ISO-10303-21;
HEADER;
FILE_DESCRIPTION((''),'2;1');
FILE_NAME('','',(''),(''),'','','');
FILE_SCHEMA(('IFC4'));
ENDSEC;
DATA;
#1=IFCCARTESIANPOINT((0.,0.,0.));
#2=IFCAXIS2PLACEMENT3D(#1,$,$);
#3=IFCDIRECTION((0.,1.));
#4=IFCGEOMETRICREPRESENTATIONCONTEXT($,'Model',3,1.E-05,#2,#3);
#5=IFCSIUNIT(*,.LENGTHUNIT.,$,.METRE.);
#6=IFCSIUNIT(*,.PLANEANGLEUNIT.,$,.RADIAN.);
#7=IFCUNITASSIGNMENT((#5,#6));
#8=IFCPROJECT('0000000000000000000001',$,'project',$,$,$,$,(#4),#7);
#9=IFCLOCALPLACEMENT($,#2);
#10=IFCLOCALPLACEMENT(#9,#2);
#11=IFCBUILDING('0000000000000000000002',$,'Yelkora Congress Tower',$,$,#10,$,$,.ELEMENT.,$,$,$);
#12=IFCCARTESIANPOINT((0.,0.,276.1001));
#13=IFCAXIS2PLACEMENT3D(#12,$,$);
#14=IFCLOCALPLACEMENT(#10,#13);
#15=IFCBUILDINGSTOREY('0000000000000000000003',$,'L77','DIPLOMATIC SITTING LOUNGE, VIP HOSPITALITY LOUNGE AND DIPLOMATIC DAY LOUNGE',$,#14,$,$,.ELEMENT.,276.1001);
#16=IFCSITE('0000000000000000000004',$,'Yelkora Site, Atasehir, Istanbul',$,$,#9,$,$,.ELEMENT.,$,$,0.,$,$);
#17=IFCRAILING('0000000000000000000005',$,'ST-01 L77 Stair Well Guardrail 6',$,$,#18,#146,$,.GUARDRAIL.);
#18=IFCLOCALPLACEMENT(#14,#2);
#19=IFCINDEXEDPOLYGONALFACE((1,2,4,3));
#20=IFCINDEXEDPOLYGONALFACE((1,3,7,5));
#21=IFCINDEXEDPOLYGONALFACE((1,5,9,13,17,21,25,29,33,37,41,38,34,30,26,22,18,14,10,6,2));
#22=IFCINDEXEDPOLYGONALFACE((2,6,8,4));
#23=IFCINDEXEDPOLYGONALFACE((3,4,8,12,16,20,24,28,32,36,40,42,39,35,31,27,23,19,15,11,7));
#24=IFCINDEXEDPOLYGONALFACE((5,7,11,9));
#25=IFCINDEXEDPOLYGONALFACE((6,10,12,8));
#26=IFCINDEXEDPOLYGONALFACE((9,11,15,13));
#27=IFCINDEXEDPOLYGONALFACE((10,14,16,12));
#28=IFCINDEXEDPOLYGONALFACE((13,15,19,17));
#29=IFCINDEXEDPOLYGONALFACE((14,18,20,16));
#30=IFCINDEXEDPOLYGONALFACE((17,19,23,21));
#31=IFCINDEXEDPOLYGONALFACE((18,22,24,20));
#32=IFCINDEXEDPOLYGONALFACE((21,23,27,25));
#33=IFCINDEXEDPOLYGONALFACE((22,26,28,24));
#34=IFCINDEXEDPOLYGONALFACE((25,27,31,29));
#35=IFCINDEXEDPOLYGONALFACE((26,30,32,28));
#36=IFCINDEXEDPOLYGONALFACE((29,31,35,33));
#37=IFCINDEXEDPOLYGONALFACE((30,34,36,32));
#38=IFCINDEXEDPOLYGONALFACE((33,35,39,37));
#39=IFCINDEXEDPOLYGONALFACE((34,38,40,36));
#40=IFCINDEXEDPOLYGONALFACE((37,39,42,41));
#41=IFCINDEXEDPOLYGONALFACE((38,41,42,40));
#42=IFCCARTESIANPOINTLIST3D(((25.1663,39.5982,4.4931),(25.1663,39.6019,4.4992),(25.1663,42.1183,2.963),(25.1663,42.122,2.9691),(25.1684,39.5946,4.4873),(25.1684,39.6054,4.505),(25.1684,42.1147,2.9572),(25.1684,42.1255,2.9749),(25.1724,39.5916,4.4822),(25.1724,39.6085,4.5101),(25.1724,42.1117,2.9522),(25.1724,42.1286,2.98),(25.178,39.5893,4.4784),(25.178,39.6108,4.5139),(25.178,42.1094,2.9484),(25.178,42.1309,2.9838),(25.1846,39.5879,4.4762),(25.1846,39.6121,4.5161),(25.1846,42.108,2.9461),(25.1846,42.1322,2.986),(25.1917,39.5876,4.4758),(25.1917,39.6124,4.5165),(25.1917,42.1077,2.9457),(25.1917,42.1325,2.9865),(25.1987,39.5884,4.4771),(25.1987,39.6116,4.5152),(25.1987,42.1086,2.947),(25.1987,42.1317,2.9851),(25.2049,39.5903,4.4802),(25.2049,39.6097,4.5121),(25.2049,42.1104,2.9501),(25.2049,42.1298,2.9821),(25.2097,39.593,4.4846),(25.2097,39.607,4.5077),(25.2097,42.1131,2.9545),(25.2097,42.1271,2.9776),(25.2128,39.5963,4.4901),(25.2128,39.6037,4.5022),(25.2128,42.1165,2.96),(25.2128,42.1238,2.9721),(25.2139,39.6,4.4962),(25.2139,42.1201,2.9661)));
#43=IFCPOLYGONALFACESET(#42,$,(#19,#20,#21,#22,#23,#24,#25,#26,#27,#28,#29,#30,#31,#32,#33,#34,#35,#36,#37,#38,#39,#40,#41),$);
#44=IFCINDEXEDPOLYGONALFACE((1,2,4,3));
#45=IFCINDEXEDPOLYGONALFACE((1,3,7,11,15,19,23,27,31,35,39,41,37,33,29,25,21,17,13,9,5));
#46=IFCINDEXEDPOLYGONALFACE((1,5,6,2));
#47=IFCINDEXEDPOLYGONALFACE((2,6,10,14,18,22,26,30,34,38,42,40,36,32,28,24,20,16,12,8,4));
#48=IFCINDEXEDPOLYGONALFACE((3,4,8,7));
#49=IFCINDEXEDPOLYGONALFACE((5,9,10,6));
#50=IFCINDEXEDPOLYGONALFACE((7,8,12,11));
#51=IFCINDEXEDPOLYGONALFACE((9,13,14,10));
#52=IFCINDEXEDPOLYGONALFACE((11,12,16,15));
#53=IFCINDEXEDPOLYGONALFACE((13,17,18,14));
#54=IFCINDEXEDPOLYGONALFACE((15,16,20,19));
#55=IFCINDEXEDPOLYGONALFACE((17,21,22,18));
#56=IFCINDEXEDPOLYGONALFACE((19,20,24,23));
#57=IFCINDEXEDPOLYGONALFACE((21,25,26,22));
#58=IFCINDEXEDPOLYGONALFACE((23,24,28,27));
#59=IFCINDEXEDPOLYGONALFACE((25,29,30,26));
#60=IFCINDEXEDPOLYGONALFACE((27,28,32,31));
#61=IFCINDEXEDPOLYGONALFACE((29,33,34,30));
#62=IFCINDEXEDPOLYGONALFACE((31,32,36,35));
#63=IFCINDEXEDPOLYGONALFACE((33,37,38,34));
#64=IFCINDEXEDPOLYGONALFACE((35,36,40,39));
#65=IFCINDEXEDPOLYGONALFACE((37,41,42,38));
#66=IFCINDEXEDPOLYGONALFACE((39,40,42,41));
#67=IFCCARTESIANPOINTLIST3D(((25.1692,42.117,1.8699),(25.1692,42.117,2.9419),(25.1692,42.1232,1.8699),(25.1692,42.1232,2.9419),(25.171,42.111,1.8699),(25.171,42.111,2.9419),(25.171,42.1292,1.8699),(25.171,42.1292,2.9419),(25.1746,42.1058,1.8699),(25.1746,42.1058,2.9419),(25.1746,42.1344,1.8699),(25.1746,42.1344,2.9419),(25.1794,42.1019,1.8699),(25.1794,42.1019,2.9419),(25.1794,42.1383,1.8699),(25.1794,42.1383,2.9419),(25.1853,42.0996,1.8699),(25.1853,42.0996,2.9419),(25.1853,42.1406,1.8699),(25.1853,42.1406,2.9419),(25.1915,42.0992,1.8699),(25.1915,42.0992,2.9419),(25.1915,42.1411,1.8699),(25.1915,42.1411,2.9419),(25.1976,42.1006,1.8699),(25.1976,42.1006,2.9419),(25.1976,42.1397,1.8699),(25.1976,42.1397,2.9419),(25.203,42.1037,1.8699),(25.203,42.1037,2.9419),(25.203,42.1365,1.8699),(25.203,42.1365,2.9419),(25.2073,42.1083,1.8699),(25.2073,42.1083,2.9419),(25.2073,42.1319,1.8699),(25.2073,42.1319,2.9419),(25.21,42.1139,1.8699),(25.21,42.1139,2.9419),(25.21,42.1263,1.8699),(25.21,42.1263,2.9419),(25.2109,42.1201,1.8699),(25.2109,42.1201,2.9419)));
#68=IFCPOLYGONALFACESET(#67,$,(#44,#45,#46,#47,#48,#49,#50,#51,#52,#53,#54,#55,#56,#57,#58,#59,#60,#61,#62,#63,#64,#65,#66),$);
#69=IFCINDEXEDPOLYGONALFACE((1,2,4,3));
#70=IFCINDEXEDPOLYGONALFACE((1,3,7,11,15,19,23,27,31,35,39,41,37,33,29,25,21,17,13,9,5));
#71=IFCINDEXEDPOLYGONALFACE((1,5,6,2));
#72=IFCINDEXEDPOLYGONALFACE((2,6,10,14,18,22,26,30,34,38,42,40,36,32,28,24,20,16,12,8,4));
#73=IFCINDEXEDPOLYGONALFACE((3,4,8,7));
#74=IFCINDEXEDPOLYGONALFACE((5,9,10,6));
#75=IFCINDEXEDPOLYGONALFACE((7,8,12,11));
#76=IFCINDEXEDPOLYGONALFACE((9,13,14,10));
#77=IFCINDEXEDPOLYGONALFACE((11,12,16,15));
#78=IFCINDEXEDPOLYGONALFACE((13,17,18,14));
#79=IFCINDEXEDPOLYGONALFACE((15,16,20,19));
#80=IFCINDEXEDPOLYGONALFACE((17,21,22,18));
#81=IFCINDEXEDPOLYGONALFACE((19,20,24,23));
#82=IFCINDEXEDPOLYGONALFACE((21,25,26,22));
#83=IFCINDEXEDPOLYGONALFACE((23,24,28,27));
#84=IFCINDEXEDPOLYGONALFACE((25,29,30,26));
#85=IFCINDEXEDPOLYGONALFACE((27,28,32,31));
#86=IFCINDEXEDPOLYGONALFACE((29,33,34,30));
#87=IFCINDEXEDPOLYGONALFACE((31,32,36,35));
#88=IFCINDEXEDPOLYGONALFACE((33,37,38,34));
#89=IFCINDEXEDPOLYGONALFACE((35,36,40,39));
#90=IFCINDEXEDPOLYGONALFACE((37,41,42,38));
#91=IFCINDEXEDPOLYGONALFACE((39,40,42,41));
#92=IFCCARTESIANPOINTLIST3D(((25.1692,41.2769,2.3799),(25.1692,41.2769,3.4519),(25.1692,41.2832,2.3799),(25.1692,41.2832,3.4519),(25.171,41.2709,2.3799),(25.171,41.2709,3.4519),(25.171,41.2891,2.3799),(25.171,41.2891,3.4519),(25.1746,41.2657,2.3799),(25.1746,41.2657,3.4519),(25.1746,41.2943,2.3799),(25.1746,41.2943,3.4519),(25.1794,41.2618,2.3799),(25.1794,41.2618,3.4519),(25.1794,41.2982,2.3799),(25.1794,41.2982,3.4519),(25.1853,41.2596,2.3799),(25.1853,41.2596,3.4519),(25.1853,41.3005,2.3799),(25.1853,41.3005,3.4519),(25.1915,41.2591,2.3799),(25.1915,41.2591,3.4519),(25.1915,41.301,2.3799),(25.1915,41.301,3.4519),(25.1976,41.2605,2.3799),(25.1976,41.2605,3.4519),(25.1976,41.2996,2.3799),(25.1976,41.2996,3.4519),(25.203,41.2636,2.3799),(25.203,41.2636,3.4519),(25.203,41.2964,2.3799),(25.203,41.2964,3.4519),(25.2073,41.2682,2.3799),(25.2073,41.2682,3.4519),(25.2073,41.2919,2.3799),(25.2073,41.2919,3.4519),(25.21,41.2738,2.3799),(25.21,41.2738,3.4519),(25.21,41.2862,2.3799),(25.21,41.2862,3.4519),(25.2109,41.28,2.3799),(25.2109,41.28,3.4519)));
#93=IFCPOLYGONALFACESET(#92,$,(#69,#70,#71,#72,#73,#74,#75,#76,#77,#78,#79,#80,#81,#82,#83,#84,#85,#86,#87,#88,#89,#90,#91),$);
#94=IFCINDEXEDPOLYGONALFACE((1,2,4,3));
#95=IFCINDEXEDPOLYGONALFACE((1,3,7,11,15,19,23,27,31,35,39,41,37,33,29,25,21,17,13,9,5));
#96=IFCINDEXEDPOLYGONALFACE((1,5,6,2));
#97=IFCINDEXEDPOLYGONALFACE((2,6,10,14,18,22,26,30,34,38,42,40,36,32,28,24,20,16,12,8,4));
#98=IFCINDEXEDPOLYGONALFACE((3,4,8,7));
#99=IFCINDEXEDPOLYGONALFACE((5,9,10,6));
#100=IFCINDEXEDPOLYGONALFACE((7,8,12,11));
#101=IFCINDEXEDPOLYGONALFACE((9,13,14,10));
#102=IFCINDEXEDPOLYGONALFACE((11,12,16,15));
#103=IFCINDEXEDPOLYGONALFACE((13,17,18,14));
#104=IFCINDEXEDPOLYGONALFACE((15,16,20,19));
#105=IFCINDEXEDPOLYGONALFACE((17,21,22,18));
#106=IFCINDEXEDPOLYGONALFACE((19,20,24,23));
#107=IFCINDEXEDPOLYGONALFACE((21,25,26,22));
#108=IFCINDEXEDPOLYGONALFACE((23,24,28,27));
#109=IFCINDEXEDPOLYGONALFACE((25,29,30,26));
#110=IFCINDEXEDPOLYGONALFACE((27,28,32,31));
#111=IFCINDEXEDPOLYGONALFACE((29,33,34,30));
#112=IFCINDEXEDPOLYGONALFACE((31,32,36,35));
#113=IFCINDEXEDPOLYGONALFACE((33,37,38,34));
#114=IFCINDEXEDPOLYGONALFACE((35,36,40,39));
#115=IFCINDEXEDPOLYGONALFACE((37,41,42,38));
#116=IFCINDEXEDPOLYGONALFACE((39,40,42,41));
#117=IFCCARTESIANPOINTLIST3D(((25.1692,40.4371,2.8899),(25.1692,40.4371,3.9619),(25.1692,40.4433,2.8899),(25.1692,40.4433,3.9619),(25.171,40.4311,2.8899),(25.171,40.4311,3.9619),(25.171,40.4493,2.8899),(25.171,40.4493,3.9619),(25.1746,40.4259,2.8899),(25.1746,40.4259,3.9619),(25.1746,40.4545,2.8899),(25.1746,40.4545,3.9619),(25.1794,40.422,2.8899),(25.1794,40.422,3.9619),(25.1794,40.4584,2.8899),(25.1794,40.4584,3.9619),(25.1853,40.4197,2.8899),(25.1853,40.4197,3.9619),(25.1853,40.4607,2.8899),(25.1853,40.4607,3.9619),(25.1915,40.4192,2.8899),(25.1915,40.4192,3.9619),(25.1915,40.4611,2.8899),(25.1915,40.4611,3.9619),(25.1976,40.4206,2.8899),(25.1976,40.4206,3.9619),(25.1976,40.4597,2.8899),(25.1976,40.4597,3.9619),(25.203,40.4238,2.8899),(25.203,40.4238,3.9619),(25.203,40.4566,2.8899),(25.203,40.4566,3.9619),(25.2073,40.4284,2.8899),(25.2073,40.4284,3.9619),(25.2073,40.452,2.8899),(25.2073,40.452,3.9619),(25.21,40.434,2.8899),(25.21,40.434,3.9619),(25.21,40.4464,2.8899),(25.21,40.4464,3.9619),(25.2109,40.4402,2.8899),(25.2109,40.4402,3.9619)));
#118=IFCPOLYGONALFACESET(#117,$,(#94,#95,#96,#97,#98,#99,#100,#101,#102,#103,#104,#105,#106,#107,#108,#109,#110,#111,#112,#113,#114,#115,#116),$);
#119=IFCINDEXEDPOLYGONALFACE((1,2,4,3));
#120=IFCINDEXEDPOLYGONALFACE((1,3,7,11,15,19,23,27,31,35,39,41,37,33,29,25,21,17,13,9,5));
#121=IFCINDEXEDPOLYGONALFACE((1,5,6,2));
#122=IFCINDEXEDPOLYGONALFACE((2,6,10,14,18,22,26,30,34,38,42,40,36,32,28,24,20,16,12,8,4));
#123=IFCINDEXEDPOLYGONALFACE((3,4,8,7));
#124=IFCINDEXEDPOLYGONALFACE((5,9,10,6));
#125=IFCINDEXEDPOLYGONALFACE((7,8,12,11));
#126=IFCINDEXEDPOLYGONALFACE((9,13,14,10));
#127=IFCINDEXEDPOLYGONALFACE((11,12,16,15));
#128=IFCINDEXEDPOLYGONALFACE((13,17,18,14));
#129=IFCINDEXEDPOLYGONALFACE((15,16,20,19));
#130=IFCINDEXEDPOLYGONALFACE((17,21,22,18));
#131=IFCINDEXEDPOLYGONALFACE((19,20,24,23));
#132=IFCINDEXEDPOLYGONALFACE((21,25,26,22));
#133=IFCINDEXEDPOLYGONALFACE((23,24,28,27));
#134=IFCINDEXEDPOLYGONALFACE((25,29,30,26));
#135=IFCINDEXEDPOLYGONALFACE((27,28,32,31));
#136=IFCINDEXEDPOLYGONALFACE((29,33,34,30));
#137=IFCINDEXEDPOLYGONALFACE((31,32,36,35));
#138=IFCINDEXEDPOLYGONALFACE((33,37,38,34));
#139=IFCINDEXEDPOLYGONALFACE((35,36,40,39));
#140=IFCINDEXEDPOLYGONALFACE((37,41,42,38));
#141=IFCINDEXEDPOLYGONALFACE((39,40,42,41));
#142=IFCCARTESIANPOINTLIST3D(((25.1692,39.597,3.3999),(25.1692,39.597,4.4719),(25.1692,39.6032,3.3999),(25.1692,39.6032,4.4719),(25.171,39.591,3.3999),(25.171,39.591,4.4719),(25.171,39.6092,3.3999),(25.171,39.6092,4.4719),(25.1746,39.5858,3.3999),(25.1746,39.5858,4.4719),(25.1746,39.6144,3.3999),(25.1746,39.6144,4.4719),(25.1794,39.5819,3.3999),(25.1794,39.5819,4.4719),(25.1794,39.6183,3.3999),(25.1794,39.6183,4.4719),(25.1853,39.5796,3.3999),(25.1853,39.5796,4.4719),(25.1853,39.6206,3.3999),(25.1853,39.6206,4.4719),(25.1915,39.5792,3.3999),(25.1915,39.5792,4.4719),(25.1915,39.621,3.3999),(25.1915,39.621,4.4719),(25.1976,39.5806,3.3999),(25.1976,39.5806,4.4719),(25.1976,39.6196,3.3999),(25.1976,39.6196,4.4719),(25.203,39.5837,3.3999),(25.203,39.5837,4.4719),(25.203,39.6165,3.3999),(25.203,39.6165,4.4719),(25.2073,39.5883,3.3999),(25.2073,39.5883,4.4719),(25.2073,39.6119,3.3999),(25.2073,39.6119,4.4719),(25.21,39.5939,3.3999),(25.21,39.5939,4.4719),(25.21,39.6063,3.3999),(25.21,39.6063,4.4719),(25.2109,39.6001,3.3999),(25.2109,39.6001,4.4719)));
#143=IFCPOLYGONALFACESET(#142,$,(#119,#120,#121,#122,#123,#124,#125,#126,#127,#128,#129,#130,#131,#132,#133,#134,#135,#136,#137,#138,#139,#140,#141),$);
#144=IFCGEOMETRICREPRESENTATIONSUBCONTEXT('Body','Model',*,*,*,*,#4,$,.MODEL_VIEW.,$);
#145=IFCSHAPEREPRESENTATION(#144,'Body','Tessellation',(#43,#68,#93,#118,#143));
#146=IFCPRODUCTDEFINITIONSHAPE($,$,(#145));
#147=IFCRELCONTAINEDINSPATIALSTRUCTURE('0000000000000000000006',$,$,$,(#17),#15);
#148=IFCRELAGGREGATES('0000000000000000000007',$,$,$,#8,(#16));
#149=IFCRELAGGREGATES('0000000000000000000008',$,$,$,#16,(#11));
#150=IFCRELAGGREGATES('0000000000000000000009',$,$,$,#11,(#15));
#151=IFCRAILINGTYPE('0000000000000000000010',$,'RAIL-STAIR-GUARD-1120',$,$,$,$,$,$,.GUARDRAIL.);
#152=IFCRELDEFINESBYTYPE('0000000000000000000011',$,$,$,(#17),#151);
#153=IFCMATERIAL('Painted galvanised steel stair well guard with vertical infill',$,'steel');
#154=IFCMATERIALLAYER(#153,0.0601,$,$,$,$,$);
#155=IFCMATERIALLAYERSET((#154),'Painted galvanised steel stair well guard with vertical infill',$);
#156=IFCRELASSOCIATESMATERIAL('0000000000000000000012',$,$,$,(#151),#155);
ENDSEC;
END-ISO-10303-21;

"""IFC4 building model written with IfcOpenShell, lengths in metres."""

from ifc_helpers import new_model, si_unit, direction, frame, origin, origin_2d, place, context, subcontext, project, spatial, circle, extrude, material, layer, layer_set, type_object, element, save


model = new_model("IFC4")

# Units and contexts
model_context = context("Model", 3, precision=1e-05, world=origin(), true_north=direction((0.0, 1.0)))
body_context = subcontext(model_context, "Body", "Model", "MODEL_VIEW")
ifc_project = project(units=[si_unit("LENGTHUNIT", "METRE"), si_unit("PLANEANGLEUNIT", "RADIAN")], contexts=[model_context])

# Site, building, storey
site_placement = place(None, origin())
site = spatial("IfcSite", under=ifc_project, at=site_placement, Name="Yelkora Site, Atasehir, Istanbul", CompositionType="ELEMENT", RefElevation=0.0)
building_placement = place(site_placement, origin())
building = spatial("IfcBuilding", under=site, at=building_placement, Name="Yelkora Congress Tower", CompositionType="ELEMENT")
storey_placement = place(building_placement, frame((0.0, 0.0, 276.1001)))
storey = spatial("IfcBuildingStorey", under=building, at=storey_placement, Name="L77", Description="DIPLOMATIC SITTING LOUNGE, VIP HOSPITALITY LOUNGE AND DIPLOMATIC DAY LOUNGE", CompositionType="ELEMENT", Elevation=276.1001)

# Railing
ifc_material_1 = material(Name="Painted galvanised steel stair well guard with vertical infill", Category="steel")
ifc_layer_1 = layer(ifc_material_1, 0.0601)
ifc_layer_set_1 = layer_set([ifc_layer_1], Name="Painted galvanised steel stair well guard with vertical infill")
railing_type_1 = type_object("IfcRailingType", Name="RAIL-STAIR-GUARD-1120", PredefinedType="GUARDRAIL", material=ifc_layer_set_1)
railing_1_placement = place(storey_placement, frame((25.1899, 42.1201, 1.8699)))
element("IfcRailing", 1, at=railing_1_placement, inside=storey, type_object=railing_type_1, Name="ST-01 L77 Stair Well Guardrail 6", PredefinedType="GUARDRAIL", context=body_context, shape_type="SweptSolid", body=[
    extrude(circle(Radius=0.0239, at=origin_2d()), frame((0.0, 0.0, 1.0962), z_axis=(0.0, -0.854785, 0.518982), x_axis=(1.0, 0.0, 0.0)), (0.0, 0.0, 1.0), 2.9482),
    extrude(circle(Radius=0.021, at=origin_2d()), origin(), (0.0, 0.0, 1.0), 1.072),
    extrude(circle(Radius=0.021, at=origin_2d()), frame((0.0, -0.8401, 0.51)), (0.0, 0.0, 1.0), 1.072),
    extrude(circle(Radius=0.021, at=origin_2d()), frame((0.0, -1.6799, 1.02)), (0.0, 0.0, 1.0), 1.072),
    extrude(circle(Radius=0.021, at=origin_2d()), frame((0.0, -2.52, 1.53)), (0.0, 0.0, 1.0), 1.072),
])

save(model, "model.ifc")
